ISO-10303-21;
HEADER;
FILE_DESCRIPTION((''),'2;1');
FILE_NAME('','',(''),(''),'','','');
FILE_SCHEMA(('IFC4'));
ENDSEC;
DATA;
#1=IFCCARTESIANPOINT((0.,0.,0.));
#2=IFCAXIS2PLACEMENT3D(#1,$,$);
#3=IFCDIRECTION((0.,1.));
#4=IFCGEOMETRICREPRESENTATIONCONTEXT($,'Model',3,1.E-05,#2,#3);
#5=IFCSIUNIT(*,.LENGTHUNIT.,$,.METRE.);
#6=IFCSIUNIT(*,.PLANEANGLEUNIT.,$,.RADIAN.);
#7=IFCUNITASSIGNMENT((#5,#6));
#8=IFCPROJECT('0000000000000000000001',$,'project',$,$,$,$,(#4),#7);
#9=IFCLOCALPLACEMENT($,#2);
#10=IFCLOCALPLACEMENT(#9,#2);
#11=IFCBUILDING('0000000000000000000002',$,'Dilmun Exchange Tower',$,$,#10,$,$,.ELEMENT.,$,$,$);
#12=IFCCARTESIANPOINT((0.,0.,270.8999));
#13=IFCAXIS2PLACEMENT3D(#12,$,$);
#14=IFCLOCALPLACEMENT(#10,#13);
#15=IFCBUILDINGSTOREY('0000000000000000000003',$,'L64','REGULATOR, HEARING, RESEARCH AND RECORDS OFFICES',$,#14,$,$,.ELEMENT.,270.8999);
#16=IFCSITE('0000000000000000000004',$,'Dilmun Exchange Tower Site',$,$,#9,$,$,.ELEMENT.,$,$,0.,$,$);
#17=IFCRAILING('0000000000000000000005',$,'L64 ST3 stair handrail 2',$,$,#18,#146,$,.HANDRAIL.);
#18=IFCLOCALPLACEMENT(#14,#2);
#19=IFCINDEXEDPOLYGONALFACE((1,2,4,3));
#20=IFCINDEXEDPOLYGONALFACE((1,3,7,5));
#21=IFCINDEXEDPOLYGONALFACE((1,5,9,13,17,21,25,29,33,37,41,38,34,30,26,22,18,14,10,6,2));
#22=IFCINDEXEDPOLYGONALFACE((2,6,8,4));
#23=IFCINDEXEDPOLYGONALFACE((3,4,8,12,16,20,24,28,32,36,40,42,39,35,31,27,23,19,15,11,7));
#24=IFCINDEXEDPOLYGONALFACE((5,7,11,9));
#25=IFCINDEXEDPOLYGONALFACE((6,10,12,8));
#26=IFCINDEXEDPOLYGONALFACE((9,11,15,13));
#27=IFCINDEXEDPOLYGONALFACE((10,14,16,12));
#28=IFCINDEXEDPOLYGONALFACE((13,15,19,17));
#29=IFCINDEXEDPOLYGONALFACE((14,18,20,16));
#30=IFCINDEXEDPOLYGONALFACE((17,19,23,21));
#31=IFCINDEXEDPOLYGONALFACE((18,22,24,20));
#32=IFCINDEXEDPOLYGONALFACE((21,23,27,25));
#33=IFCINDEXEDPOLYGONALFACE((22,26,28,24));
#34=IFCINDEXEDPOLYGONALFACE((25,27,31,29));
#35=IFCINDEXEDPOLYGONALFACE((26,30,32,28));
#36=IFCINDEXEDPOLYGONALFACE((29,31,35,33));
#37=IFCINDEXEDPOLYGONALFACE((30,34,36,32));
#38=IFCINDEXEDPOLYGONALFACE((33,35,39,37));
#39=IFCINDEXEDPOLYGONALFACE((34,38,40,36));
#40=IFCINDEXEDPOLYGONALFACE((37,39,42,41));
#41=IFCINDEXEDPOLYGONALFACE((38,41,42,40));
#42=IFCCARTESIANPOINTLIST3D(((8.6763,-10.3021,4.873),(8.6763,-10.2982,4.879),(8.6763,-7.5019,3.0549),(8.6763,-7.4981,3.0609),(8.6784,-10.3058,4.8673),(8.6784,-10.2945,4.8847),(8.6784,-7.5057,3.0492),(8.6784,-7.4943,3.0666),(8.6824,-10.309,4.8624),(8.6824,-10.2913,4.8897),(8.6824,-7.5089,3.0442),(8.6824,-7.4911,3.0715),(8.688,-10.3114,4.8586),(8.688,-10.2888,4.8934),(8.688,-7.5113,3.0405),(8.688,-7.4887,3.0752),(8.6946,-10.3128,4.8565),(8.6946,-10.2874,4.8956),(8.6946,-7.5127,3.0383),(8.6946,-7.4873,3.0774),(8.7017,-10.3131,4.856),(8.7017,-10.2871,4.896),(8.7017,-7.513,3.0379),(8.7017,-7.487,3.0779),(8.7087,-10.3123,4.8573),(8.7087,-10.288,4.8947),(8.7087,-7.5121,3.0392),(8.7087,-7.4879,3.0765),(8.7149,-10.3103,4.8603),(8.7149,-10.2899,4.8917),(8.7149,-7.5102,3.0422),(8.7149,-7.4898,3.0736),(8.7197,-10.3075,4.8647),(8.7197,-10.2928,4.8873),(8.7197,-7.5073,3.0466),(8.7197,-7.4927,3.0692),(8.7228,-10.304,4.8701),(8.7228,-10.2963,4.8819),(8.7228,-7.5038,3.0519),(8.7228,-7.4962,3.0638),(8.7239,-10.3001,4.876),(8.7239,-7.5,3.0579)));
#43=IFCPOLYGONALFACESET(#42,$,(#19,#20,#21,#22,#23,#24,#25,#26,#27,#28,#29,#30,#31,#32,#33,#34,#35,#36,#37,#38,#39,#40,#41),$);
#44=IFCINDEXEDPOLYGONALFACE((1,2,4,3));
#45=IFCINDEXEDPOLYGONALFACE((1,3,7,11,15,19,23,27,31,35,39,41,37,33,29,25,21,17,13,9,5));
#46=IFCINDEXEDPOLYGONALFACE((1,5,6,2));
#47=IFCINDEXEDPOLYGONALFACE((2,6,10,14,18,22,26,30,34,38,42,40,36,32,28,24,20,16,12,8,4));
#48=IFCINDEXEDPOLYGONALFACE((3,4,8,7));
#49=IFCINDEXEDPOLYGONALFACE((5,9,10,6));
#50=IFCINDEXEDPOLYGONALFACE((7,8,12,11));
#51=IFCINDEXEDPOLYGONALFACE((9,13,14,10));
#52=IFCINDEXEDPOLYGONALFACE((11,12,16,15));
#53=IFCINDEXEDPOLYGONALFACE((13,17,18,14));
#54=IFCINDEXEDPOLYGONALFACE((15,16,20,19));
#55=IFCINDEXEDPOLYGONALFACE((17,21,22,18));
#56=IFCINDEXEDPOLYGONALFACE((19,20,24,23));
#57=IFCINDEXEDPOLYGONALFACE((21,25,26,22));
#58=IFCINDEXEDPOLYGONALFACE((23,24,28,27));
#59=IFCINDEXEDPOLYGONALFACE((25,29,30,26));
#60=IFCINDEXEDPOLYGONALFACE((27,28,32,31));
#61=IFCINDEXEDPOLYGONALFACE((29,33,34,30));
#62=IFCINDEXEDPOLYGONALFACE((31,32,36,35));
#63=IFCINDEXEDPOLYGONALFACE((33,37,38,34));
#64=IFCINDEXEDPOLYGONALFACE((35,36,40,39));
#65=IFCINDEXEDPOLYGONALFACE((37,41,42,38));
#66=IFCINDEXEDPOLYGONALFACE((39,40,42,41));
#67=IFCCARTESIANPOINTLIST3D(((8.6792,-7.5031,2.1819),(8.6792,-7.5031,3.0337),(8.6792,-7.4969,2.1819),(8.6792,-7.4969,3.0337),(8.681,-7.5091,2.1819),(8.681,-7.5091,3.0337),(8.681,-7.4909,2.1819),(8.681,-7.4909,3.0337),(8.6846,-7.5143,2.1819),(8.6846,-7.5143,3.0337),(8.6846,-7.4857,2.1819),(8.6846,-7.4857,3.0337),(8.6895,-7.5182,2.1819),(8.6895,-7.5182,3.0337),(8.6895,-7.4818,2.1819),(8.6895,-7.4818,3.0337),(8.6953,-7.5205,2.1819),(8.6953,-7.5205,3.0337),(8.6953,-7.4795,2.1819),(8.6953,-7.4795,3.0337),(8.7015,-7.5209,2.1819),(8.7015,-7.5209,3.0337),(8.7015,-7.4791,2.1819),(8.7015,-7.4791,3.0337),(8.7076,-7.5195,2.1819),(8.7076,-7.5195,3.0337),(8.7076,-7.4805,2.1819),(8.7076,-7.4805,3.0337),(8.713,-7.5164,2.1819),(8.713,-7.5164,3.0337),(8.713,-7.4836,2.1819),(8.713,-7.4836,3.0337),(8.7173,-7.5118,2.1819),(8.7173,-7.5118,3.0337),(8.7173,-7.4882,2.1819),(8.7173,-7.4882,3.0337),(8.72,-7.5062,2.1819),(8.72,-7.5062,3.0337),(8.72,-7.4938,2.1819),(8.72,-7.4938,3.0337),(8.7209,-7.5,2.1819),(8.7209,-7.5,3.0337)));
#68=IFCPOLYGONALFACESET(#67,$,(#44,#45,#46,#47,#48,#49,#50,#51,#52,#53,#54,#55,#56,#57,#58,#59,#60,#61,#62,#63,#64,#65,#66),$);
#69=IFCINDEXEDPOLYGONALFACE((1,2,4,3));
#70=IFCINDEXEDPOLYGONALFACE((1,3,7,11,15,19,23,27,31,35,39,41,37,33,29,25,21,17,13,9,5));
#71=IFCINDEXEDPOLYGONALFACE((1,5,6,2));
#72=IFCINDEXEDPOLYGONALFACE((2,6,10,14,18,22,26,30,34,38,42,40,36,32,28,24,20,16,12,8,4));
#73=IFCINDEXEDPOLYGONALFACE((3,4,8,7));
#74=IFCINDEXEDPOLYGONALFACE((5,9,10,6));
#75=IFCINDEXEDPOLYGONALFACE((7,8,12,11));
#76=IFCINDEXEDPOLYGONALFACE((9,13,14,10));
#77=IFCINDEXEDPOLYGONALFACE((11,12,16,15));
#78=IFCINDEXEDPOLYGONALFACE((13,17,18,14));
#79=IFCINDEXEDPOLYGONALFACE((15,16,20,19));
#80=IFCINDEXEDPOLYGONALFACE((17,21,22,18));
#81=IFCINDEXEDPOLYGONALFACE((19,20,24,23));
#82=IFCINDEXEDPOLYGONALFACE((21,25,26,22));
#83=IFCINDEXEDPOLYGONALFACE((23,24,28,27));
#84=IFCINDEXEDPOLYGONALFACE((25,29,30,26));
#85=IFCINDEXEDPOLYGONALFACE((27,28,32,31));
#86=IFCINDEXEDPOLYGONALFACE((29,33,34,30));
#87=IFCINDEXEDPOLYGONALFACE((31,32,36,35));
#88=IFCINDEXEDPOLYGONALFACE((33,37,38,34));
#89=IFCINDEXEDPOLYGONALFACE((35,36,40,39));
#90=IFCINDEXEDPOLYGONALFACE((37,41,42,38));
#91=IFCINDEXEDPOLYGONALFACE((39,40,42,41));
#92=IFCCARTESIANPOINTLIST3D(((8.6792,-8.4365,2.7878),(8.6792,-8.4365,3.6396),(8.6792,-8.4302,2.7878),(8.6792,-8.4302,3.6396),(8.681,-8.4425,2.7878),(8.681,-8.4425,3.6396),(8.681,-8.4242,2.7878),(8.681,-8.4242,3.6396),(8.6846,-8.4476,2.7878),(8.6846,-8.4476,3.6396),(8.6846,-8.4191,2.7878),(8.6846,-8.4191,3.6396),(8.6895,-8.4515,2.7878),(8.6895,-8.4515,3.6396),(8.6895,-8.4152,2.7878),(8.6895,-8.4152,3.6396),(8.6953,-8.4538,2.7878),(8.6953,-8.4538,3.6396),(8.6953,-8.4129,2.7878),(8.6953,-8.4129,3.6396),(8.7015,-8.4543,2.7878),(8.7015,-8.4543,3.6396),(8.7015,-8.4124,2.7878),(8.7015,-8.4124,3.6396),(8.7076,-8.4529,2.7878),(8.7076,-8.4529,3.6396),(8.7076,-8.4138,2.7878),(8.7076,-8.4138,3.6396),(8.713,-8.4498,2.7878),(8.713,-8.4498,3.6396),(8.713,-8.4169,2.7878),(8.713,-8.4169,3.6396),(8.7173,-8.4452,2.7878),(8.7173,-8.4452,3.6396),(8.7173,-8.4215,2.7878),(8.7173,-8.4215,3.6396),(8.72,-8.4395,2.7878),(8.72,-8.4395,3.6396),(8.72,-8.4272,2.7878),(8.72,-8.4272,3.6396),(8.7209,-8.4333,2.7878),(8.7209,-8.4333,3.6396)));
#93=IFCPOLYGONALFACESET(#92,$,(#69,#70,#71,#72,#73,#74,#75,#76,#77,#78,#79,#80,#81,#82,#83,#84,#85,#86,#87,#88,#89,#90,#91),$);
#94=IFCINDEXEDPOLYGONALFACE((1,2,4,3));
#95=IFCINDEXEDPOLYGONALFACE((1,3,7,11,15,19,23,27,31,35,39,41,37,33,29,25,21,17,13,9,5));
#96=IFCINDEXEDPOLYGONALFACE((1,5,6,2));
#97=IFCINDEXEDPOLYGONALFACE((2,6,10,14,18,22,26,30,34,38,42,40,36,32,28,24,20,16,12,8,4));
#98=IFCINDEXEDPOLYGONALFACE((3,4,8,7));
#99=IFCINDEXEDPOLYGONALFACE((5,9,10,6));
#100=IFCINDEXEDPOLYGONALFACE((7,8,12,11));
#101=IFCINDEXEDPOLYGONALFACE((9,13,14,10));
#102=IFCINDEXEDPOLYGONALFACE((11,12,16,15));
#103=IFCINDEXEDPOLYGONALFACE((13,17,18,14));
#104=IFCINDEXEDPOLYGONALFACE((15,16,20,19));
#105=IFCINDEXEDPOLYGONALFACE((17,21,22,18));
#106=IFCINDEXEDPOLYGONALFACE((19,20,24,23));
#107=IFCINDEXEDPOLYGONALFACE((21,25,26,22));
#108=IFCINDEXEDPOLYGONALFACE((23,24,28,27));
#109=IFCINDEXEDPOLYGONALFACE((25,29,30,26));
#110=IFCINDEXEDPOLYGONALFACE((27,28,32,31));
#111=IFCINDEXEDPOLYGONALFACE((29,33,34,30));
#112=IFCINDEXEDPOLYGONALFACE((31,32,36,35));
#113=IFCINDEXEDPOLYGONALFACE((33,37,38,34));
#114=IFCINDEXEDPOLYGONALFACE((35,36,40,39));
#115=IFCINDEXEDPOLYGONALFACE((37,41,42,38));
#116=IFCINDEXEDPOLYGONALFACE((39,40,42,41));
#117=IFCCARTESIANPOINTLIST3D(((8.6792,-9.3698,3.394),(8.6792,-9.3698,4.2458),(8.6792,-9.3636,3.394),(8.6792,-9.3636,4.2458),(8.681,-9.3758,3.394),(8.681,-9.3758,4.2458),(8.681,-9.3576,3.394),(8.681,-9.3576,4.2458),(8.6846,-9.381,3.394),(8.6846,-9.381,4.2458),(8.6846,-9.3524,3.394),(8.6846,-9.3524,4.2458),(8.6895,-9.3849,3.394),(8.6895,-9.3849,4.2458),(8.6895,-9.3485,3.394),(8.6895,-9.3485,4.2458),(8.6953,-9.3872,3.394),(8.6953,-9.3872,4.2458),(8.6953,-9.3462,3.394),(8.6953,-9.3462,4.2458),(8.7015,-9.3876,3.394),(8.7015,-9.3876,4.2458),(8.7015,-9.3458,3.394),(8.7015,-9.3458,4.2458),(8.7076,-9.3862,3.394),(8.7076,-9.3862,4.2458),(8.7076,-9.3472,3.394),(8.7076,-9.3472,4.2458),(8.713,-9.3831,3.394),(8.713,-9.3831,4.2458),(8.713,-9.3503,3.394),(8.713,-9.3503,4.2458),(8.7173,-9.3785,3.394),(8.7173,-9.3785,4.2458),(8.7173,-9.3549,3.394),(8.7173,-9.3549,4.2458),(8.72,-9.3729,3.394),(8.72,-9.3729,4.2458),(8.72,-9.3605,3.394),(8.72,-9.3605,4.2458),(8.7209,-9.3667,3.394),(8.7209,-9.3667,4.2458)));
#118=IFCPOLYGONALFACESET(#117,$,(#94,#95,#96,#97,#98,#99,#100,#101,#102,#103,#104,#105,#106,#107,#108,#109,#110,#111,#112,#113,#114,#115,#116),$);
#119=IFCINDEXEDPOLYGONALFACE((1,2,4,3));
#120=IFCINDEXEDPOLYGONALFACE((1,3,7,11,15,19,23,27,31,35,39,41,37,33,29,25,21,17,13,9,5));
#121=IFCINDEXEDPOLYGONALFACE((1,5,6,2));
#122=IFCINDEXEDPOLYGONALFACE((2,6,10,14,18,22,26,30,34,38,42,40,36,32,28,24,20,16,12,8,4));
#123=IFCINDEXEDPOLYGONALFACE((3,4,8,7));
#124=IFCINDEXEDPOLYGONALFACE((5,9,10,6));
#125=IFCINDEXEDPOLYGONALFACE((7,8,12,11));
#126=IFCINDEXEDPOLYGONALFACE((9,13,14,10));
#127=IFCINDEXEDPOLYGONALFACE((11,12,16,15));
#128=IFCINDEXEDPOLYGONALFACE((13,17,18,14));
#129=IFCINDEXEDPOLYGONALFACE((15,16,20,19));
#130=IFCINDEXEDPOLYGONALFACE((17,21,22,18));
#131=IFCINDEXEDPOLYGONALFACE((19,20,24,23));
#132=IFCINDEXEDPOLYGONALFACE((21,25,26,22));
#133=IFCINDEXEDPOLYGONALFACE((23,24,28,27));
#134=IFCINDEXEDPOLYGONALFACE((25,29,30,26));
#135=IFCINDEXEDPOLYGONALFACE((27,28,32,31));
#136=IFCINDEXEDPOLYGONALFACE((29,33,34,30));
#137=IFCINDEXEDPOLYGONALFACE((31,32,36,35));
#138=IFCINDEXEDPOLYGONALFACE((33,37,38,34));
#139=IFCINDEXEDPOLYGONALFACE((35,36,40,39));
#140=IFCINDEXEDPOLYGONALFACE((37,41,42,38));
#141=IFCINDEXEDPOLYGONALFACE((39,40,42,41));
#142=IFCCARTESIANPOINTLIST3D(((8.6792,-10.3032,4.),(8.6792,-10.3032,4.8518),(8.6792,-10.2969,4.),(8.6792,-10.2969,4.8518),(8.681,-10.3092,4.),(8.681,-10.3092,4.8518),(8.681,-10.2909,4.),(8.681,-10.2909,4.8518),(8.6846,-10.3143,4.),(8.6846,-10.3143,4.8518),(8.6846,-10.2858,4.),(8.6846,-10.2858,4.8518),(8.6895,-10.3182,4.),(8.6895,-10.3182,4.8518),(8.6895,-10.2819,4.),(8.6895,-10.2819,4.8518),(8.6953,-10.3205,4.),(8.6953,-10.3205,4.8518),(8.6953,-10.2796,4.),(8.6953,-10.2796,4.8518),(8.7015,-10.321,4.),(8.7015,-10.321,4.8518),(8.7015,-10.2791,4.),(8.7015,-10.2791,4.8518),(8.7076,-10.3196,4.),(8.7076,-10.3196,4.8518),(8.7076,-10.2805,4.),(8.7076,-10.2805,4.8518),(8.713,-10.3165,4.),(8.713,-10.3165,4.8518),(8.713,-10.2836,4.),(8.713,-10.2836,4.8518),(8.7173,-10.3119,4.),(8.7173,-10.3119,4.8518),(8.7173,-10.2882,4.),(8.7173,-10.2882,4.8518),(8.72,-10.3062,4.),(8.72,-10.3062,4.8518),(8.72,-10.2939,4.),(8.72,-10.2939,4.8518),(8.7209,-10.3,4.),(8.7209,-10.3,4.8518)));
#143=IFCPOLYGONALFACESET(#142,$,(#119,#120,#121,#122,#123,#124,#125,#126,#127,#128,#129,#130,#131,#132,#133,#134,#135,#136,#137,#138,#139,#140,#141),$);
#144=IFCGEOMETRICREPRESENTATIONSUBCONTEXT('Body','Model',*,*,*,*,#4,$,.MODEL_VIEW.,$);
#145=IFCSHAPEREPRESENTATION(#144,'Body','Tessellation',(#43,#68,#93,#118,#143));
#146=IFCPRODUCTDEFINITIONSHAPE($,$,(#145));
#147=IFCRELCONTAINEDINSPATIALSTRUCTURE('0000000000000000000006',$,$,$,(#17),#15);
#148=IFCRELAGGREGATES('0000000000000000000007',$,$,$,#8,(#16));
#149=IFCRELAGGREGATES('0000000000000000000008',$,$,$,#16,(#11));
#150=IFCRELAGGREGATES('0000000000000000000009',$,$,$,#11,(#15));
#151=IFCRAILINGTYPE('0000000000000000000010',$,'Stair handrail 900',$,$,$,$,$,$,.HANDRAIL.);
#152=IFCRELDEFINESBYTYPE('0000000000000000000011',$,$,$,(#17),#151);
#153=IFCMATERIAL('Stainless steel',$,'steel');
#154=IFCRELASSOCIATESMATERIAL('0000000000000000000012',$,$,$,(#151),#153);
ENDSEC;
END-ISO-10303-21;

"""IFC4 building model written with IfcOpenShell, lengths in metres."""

from ifc_helpers import new_model, si_unit, direction, frame, origin, origin_2d, place, context, subcontext, project, spatial, circle, extrude, material, type_object, element, save


model = new_model("IFC4")

# Units and contexts
model_context = context("Model", 3, precision=1e-05, world=origin(), true_north=direction((0.0, 1.0)))
body_context = subcontext(model_context, "Body", "Model", "MODEL_VIEW")
ifc_project = project(units=[si_unit("LENGTHUNIT", "METRE"), si_unit("PLANEANGLEUNIT", "RADIAN")], contexts=[model_context])

# Site, building, storey
site_placement = place(None, origin())
site = spatial("IfcSite", under=ifc_project, at=site_placement, Name="Dilmun Exchange Tower Site", CompositionType="ELEMENT", RefElevation=0.0)
building_placement = place(site_placement, origin())
building = spatial("IfcBuilding", under=site, at=building_placement, Name="Dilmun Exchange Tower", CompositionType="ELEMENT")
storey_placement = place(building_placement, frame((0.0, 0.0, 270.8999)))
storey = spatial("IfcBuildingStorey", under=building, at=storey_placement, Name="L64", Description="REGULATOR, HEARING, RESEARCH AND RECORDS OFFICES", CompositionType="ELEMENT", Elevation=270.8999)

# Railing
ifc_material_1 = material(Name="Stainless steel", Category="steel")
railing_type = type_object("IfcRailingType", Name="Stair handrail 900", PredefinedType="HANDRAIL", material=ifc_material_1)
railing_1_placement = place(storey_placement, frame((8.7, -7.5, 2.1819)))
element("IfcRailing", 1, at=railing_1_placement, inside=storey, type_object=railing_type, Name="L64 ST3 stair handrail 2", PredefinedType="HANDRAIL", context=body_context, shape_type="SweptSolid", body=[
    extrude(circle(Radius=0.0239, at=origin_2d()), frame((0.0, 0.0, 0.876), z_axis=(0.0, -0.838706, 0.544585), x_axis=(1.0, 0.0, 0.0)), (0.0, 0.0, 1.0), 3.3386),
    extrude(circle(Radius=0.021, at=origin_2d()), origin(), (0.0, 0.0, 1.0), 0.8518),
    extrude(circle(Radius=0.021, at=origin_2d()), frame((0.0, -0.9333, 0.606)), (0.0, 0.0, 1.0), 0.8518),
    extrude(circle(Radius=0.021, at=origin_2d()), frame((0.0, -1.8667, 1.2122)), (0.0, 0.0, 1.0), 0.8518),
    extrude(circle(Radius=0.021, at=origin_2d()), frame((0.0, -2.8, 1.8181)), (0.0, 0.0, 1.0), 0.8518),
])

save(model, "model.ifc")
